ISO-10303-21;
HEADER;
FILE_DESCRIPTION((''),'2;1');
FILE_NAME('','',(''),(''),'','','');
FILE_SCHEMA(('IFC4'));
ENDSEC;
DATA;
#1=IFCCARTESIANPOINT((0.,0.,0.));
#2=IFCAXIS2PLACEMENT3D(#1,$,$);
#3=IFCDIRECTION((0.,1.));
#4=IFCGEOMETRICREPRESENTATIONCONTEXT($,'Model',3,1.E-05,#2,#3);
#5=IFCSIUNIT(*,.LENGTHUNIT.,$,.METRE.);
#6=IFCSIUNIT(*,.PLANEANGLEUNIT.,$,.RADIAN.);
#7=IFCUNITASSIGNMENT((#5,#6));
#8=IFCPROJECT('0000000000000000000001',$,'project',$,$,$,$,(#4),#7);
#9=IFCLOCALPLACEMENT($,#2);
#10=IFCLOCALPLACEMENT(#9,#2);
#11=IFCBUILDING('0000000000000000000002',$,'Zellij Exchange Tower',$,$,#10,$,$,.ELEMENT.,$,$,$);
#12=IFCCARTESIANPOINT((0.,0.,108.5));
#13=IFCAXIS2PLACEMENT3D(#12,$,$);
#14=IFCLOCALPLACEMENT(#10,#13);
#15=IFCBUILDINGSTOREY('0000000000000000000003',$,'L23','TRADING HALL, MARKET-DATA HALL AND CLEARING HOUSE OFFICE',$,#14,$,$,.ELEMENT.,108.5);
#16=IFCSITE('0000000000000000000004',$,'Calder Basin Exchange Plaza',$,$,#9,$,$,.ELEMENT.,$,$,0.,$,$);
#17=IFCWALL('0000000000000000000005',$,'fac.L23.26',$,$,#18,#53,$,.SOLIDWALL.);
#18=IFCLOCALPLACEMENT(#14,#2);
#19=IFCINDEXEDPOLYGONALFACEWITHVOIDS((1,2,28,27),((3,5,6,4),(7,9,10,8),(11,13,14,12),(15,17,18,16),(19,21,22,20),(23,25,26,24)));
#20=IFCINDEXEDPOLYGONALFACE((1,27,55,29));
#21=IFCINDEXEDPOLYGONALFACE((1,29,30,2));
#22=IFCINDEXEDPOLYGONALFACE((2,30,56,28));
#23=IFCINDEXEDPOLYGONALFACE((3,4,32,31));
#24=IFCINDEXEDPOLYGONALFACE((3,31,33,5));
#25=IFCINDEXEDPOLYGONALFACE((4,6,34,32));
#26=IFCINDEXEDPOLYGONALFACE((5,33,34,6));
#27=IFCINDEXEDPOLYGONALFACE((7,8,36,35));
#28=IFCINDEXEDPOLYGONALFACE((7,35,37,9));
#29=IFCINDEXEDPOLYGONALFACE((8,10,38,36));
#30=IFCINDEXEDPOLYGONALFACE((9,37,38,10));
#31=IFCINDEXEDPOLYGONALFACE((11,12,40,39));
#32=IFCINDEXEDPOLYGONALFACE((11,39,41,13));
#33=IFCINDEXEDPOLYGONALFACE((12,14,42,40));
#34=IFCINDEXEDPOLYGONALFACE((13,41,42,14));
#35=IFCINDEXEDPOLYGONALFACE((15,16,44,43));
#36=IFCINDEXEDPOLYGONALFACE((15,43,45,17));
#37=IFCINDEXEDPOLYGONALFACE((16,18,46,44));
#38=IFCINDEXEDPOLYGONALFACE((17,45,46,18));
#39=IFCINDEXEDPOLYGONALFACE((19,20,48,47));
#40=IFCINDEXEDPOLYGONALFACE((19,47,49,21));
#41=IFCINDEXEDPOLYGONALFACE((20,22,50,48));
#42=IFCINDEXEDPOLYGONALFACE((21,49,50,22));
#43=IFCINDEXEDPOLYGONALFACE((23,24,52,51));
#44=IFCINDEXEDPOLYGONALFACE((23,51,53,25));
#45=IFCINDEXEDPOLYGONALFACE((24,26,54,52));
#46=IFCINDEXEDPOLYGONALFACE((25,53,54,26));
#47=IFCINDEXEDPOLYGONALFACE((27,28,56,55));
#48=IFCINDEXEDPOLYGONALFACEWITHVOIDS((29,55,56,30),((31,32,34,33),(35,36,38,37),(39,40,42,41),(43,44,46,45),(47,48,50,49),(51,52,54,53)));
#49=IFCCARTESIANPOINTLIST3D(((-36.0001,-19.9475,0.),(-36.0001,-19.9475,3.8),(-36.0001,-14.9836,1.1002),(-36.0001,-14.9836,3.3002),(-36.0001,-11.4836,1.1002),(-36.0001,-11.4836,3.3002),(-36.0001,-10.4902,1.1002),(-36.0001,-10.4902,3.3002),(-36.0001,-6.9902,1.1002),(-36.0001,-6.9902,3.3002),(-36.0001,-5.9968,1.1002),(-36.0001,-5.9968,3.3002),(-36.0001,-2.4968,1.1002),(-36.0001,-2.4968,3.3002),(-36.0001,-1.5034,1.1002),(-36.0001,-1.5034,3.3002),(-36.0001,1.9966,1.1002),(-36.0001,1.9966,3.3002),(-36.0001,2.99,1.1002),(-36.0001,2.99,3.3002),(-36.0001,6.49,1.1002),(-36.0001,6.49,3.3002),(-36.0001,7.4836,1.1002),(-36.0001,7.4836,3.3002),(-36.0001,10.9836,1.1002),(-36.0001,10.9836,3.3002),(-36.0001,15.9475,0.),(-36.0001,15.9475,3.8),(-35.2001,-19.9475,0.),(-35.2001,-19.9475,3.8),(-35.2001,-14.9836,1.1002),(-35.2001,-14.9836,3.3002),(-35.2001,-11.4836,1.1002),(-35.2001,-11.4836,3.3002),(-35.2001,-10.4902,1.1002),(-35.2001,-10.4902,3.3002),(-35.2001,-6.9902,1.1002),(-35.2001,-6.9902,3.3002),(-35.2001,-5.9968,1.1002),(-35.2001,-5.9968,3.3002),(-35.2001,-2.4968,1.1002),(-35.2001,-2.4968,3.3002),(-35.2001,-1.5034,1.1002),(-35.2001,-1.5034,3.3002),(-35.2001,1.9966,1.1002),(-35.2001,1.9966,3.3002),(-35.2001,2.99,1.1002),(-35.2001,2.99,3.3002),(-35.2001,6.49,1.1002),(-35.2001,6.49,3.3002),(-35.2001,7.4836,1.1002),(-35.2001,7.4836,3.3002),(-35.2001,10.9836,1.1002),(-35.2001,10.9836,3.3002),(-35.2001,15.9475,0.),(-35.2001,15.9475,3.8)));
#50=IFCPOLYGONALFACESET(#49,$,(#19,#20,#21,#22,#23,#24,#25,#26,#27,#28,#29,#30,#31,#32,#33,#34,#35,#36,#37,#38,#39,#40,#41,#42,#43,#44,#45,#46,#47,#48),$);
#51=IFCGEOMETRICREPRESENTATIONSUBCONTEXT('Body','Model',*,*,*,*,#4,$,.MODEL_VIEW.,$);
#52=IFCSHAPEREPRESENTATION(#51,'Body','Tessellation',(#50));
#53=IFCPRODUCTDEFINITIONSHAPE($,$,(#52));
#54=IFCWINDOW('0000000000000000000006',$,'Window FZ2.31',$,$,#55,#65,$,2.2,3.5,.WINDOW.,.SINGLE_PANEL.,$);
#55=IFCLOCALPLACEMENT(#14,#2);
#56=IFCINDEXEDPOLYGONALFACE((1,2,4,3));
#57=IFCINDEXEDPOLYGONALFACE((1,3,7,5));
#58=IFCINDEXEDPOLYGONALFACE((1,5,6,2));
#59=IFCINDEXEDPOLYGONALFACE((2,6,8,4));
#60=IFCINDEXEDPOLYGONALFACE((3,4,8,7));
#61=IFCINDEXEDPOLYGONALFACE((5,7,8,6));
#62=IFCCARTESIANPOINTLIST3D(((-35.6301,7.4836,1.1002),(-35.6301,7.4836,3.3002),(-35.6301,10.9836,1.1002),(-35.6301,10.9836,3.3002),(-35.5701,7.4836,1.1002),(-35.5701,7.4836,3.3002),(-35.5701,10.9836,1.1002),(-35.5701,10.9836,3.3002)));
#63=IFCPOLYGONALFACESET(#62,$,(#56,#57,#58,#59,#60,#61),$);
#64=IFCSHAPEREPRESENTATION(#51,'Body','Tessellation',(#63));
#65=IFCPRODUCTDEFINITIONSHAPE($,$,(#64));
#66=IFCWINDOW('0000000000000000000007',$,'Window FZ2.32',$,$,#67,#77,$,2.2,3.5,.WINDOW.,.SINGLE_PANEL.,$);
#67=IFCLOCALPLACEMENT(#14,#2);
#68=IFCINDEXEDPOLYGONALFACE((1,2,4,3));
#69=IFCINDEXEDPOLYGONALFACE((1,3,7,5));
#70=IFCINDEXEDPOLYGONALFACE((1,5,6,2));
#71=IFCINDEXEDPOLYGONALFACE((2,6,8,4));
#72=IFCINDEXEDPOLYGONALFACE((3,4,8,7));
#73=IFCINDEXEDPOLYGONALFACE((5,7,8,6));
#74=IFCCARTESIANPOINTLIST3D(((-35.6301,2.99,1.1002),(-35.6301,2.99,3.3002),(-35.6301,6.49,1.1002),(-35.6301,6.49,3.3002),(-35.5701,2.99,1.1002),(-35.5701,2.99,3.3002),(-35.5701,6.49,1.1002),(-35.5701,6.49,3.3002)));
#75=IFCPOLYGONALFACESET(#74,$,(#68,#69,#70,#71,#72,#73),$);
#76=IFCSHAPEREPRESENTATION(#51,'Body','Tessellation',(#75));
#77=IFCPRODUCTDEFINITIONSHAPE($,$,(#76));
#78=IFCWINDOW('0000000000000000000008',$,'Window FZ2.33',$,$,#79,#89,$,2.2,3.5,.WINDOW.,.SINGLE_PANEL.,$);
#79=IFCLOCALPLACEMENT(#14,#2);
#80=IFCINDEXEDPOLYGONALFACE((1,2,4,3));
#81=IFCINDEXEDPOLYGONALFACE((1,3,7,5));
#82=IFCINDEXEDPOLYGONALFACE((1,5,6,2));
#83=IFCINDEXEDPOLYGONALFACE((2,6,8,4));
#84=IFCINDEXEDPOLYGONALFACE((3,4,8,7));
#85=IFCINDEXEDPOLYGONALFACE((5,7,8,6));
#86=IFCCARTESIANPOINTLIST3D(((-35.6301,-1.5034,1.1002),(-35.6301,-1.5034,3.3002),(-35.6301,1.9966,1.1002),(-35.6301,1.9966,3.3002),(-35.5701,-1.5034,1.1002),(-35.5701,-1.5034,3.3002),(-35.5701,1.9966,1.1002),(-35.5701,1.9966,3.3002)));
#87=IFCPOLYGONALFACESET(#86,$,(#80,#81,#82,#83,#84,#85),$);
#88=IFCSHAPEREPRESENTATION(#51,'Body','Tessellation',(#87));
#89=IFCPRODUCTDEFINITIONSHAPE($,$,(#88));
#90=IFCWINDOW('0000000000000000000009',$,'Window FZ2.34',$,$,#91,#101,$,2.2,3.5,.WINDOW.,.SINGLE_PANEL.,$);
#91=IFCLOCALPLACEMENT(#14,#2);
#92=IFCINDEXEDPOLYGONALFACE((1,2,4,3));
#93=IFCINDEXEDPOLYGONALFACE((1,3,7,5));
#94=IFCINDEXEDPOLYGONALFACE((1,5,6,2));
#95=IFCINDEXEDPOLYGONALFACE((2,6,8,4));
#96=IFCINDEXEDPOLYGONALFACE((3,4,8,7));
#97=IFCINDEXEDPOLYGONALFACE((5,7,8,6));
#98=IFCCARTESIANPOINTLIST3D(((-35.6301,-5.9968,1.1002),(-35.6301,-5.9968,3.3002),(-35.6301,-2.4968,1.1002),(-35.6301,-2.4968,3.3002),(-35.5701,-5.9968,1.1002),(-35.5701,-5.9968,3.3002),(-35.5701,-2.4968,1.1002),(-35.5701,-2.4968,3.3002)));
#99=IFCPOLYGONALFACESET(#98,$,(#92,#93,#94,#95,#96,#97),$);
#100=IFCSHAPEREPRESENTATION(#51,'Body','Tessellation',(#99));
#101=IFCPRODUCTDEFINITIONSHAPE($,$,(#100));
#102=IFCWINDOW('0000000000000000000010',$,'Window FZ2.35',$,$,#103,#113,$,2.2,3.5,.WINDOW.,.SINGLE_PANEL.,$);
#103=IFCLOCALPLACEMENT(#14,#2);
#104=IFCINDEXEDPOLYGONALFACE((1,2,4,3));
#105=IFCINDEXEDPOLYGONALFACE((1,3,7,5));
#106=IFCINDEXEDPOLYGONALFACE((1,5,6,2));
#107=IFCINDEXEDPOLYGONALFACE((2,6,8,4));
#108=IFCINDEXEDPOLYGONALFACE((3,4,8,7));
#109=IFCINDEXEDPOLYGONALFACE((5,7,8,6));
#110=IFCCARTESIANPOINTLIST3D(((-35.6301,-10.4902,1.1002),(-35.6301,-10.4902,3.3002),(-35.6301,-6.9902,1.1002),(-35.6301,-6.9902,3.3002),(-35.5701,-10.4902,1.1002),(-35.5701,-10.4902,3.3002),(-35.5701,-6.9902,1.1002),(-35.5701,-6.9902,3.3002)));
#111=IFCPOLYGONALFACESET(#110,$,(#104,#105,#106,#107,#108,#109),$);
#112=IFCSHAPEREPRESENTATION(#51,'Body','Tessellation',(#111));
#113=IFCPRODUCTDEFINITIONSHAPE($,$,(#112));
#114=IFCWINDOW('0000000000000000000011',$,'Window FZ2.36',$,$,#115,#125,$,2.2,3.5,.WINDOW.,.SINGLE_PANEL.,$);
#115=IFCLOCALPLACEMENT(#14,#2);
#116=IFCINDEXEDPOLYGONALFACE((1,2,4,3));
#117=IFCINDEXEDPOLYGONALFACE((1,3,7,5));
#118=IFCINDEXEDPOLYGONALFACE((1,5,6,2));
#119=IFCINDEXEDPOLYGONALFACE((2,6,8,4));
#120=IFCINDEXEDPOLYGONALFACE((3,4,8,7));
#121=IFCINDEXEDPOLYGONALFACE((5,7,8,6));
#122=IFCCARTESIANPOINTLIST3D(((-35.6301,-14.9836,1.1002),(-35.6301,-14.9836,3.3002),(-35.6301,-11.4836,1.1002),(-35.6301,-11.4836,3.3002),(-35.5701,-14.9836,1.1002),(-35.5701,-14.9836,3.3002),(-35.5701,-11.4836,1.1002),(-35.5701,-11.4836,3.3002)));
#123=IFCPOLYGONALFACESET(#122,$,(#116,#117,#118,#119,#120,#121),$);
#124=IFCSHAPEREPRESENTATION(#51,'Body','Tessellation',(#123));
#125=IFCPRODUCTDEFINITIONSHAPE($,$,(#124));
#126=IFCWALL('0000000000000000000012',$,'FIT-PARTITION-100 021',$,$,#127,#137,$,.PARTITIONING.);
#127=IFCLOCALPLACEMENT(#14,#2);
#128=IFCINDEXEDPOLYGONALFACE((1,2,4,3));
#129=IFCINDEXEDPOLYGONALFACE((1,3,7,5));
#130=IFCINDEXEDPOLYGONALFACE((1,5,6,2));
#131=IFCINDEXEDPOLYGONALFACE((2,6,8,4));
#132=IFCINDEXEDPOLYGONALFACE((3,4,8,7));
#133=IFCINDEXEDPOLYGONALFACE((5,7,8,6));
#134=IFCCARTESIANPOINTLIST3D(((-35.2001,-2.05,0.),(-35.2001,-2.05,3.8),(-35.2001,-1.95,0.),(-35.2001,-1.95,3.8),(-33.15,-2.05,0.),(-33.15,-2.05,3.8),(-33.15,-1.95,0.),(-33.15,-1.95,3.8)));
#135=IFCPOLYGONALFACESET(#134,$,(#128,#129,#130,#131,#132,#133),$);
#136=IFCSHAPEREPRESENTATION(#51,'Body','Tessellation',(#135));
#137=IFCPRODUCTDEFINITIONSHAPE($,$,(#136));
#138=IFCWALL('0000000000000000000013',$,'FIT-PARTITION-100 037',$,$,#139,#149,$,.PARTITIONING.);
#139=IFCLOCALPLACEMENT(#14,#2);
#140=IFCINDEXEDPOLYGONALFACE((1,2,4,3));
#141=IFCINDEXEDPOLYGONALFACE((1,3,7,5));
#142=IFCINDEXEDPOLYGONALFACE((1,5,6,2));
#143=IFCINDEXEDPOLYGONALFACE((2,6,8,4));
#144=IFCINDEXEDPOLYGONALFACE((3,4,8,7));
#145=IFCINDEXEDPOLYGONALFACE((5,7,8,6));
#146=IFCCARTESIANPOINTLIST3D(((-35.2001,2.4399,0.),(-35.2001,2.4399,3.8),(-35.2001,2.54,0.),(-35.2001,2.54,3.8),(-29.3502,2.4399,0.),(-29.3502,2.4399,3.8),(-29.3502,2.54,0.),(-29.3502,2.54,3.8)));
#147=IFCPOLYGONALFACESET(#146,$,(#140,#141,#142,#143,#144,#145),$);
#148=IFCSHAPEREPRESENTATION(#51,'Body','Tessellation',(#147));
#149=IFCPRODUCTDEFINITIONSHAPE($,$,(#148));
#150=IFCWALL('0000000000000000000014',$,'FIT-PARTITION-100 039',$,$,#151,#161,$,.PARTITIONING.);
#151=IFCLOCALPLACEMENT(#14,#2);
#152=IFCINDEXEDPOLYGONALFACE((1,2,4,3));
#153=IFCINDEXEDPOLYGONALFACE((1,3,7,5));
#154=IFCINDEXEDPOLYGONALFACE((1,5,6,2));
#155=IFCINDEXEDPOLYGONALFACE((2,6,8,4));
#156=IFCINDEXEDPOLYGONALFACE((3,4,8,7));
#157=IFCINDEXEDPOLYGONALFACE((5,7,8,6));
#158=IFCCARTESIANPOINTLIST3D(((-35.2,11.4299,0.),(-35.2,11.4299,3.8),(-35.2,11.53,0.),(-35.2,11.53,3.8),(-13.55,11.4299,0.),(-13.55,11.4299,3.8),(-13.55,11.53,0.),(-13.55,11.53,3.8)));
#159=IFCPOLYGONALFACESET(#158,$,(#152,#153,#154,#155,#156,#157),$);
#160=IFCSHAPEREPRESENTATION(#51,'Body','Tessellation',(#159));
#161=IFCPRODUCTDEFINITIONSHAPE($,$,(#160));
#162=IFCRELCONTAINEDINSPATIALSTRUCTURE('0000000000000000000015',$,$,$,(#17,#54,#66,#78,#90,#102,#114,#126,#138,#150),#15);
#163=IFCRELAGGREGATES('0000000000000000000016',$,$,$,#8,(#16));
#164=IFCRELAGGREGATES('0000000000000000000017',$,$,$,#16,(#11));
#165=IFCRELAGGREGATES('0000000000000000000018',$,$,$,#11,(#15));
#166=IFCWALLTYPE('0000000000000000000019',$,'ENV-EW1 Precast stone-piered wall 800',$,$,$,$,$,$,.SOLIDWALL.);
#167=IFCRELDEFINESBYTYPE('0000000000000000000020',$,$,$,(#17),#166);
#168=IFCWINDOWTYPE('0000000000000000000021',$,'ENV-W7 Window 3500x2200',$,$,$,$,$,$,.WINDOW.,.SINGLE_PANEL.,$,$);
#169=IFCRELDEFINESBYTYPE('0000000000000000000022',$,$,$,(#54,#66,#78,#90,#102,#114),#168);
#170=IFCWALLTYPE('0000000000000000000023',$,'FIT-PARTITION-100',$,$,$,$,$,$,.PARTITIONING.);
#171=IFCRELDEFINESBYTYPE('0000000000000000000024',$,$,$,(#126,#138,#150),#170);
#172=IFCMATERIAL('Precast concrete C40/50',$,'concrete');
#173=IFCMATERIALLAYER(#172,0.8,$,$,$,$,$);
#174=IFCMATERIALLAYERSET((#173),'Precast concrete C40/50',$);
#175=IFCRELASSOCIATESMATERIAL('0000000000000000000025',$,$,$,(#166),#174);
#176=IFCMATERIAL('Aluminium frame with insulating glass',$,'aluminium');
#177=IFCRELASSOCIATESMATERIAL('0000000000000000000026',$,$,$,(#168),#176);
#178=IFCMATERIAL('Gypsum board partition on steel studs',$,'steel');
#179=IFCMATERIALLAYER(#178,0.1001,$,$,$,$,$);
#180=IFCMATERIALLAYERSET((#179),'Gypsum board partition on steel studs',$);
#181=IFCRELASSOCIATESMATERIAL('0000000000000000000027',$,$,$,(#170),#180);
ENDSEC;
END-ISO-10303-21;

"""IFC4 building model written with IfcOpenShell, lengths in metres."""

from ifc_helpers import new_model, si_unit, direction, frame, frame_2d, origin, place, context, subcontext, project, spatial, rectangle, extrude, material, layer, layer_set, type_object, element, fill, save


model = new_model("IFC4")

# Units and contexts
model_context = context("Model", 3, precision=1e-05, world=origin(), true_north=direction((0.0, 1.0)))
body_context = subcontext(model_context, "Body", "Model", "MODEL_VIEW")
ifc_project = project(units=[si_unit("LENGTHUNIT", "METRE"), si_unit("PLANEANGLEUNIT", "RADIAN")], contexts=[model_context])

# Site, building, storey
site_placement = place(None, origin())
site = spatial("IfcSite", under=ifc_project, at=site_placement, Name="Calder Basin Exchange Plaza", CompositionType="ELEMENT", RefElevation=0.0)
building_placement = place(site_placement, origin())
building = spatial("IfcBuilding", under=site, at=building_placement, Name="Zellij Exchange Tower", CompositionType="ELEMENT")
storey_placement = place(building_placement, frame((0.0, 0.0, 108.5)))
storey = spatial("IfcBuildingStorey", under=building, at=storey_placement, Name="L23", Description="TRADING HALL, MARKET-DATA HALL AND CLEARING HOUSE OFFICE", CompositionType="ELEMENT", Elevation=108.5)

# Shared definitions
ifc_material_1 = material(Name="Precast concrete C40/50", Category="concrete")
ifc_layer_1 = layer(ifc_material_1, 0.8)
ifc_layer_set_1 = layer_set([ifc_layer_1], Name="Precast concrete C40/50")
wall_type_1 = type_object("IfcWallType", Name="ENV-EW1 Precast stone-piered wall 800", PredefinedType="SOLIDWALL", material=ifc_layer_set_1)

# Wall, openings, windows
wall_1_placement = place(storey_placement, frame((-35.6001, 15.9475, 0.0), z_axis=(0.0, 0.0, 1.0), x_axis=(0.0, -1.0, 0.0)))
wall_1 = element("IfcWall", 1, at=wall_1_placement, inside=storey, type_object=wall_type_1, Name="fac.L23.26", PredefinedType="SOLIDWALL", context=body_context, shape_type="SweptSolid", body=[
    extrude(rectangle(XDim=35.895, YDim=0.8, at=frame_2d((17.9475, 0.0))), origin(), (0.0, 0.0, 1.0), 3.8),
])
opening_1_placement = place(wall_1_placement, frame((4.9639, 0.0, 1.1001)))
opening_1 = element("IfcOpeningElement", 2, at=opening_1_placement, cuts=wall_1, PredefinedType="OPENING", context=body_context, shape_type="SweptSolid", body=[
    extrude(rectangle(XDim=3.5, YDim=2.2, at=frame_2d((1.75, 1.1001))), frame((0.0, 0.4121, 0.0), z_axis=(0.0, -1.0, 0.0), x_axis=(1.0, 0.0, 0.0)), (0.0, 0.0, 1.0), 0.824),
])
opening_2_placement = place(wall_1_placement, frame((9.4575, 0.0, 1.1001)))
opening_2 = element("IfcOpeningElement", 3, at=opening_2_placement, cuts=wall_1, PredefinedType="OPENING", context=body_context, shape_type="SweptSolid", body=[
    extrude(rectangle(XDim=3.5, YDim=2.2, at=frame_2d((1.75, 1.1001))), frame((0.0, 0.4121, 0.0), z_axis=(0.0, -1.0, 0.0), x_axis=(1.0, 0.0, 0.0)), (0.0, 0.0, 1.0), 0.824),
])
opening_3_placement = place(wall_1_placement, frame((13.9509, 0.0, 1.1001)))
opening_3 = element("IfcOpeningElement", 4, at=opening_3_placement, cuts=wall_1, PredefinedType="OPENING", context=body_context, shape_type="SweptSolid", body=[
    extrude(rectangle(XDim=3.5, YDim=2.2, at=frame_2d((1.75, 1.1001))), frame((0.0, 0.4121, 0.0), z_axis=(0.0, -1.0, 0.0), x_axis=(1.0, 0.0, 0.0)), (0.0, 0.0, 1.0), 0.824),
])
opening_4_placement = place(wall_1_placement, frame((18.4443, 0.0, 1.1001)))
opening_4 = element("IfcOpeningElement", 5, at=opening_4_placement, cuts=wall_1, PredefinedType="OPENING", context=body_context, shape_type="SweptSolid", body=[
    extrude(rectangle(XDim=3.5, YDim=2.2, at=frame_2d((1.75, 1.1001))), frame((0.0, 0.4121, 0.0), z_axis=(0.0, -1.0, 0.0), x_axis=(1.0, 0.0, 0.0)), (0.0, 0.0, 1.0), 0.824),
])
opening_5_placement = place(wall_1_placement, frame((22.9377, 0.0, 1.1001)))
opening_5 = element("IfcOpeningElement", 6, at=opening_5_placement, cuts=wall_1, PredefinedType="OPENING", context=body_context, shape_type="SweptSolid", body=[
    extrude(rectangle(XDim=3.5, YDim=2.2, at=frame_2d((1.75, 1.1001))), frame((0.0, 0.4121, 0.0), z_axis=(0.0, -1.0, 0.0), x_axis=(1.0, 0.0, 0.0)), (0.0, 0.0, 1.0), 0.824),
])
opening_6_placement = place(wall_1_placement, frame((27.4312, 0.0, 1.1001)))
opening_6 = element("IfcOpeningElement", 7, at=opening_6_placement, cuts=wall_1, PredefinedType="OPENING", context=body_context, shape_type="SweptSolid", body=[
    extrude(rectangle(XDim=3.5, YDim=2.2, at=frame_2d((1.75, 1.1001))), frame((0.0, 0.4121, 0.0), z_axis=(0.0, -1.0, 0.0), x_axis=(1.0, 0.0, 0.0)), (0.0, 0.0, 1.0), 0.824),
])
ifc_material_2 = material(Name="Aluminium frame with insulating glass", Category="aluminium")
window_type = type_object("IfcWindowType", Name="ENV-W7 Window 3500x2200", PartitioningType="SINGLE_PANEL", PredefinedType="WINDOW", material=ifc_material_2)
window_1_placement = place(opening_1_placement, origin())
window_1 = element("IfcWindow", 8, at=window_1_placement, inside=storey, type_object=window_type, Name="Window FZ2.31", OverallHeight=2.2, OverallWidth=3.5, PartitioningType="SINGLE_PANEL", PredefinedType="WINDOW", context=body_context, shape_type="SweptSolid", body=[
    extrude(rectangle(XDim=3.5, YDim=2.2, at=frame_2d((1.75, 1.1001))), frame((0.0, 0.03, 0.0), z_axis=(0.0, -1.0, 0.0), x_axis=(1.0, 0.0, 0.0)), (0.0, 0.0, 1.0), 0.0601),
])
fill(opening_1, window_1)
window_2_placement = place(opening_2_placement, origin())
window_2 = element("IfcWindow", 9, at=window_2_placement, inside=storey, type_object=window_type, Name="Window FZ2.32", OverallHeight=2.2, OverallWidth=3.5, PartitioningType="SINGLE_PANEL", PredefinedType="WINDOW", context=body_context, shape_type="SweptSolid", body=[
    extrude(rectangle(XDim=3.5, YDim=2.2, at=frame_2d((1.75, 1.1001))), frame((0.0, 0.03, 0.0), z_axis=(0.0, -1.0, 0.0), x_axis=(1.0, 0.0, 0.0)), (0.0, 0.0, 1.0), 0.0601),
])
fill(opening_2, window_2)
window_3_placement = place(opening_3_placement, origin())
window_3 = element("IfcWindow", 10, at=window_3_placement, inside=storey, type_object=window_type, Name="Window FZ2.33", OverallHeight=2.2, OverallWidth=3.5, PartitioningType="SINGLE_PANEL", PredefinedType="WINDOW", context=body_context, shape_type="SweptSolid", body=[
    extrude(rectangle(XDim=3.5, YDim=2.2, at=frame_2d((1.75, 1.1001))), frame((0.0, 0.03, 0.0), z_axis=(0.0, -1.0, 0.0), x_axis=(1.0, 0.0, 0.0)), (0.0, 0.0, 1.0), 0.0601),
])
fill(opening_3, window_3)
window_4_placement = place(opening_4_placement, origin())
window_4 = element("IfcWindow", 11, at=window_4_placement, inside=storey, type_object=window_type, Name="Window FZ2.34", OverallHeight=2.2, OverallWidth=3.5, PartitioningType="SINGLE_PANEL", PredefinedType="WINDOW", context=body_context, shape_type="SweptSolid", body=[
    extrude(rectangle(XDim=3.5, YDim=2.2, at=frame_2d((1.75, 1.1001))), frame((0.0, 0.03, 0.0), z_axis=(0.0, -1.0, 0.0), x_axis=(1.0, 0.0, 0.0)), (0.0, 0.0, 1.0), 0.0601),
])
fill(opening_4, window_4)
window_5_placement = place(opening_5_placement, origin())
window_5 = element("IfcWindow", 12, at=window_5_placement, inside=storey, type_object=window_type, Name="Window FZ2.35", OverallHeight=2.2, OverallWidth=3.5, PartitioningType="SINGLE_PANEL", PredefinedType="WINDOW", context=body_context, shape_type="SweptSolid", body=[
    extrude(rectangle(XDim=3.5, YDim=2.2, at=frame_2d((1.75, 1.1001))), frame((0.0, 0.03, 0.0), z_axis=(0.0, -1.0, 0.0), x_axis=(1.0, 0.0, 0.0)), (0.0, 0.0, 1.0), 0.0601),
])
fill(opening_5, window_5)
window_6_placement = place(opening_6_placement, origin())
window_6 = element("IfcWindow", 13, at=window_6_placement, inside=storey, type_object=window_type, Name="Window FZ2.36", OverallHeight=2.2, OverallWidth=3.5, PartitioningType="SINGLE_PANEL", PredefinedType="WINDOW", context=body_context, shape_type="SweptSolid", body=[
    extrude(rectangle(XDim=3.5, YDim=2.2, at=frame_2d((1.75, 1.1001))), frame((0.0, 0.03, 0.0), z_axis=(0.0, -1.0, 0.0), x_axis=(1.0, 0.0, 0.0)), (0.0, 0.0, 1.0), 0.0601),
])
fill(opening_6, window_6)

# Walls
ifc_material_3 = material(Name="Gypsum board partition on steel studs", Category="steel")
ifc_layer_2 = layer(ifc_material_3, 0.1001)
ifc_layer_set_2 = layer_set([ifc_layer_2], Name="Gypsum board partition on steel studs")
wall_type_2 = type_object("IfcWallType", Name="FIT-PARTITION-100", PredefinedType="PARTITIONING", material=ifc_layer_set_2)
wall_2_placement = place(storey_placement, frame((-35.2, -2.0, 0.0), z_axis=(0.0, 0.0, 1.0), x_axis=(1.0, 0.0, 0.0)))
element("IfcWall", 14, at=wall_2_placement, inside=storey, type_object=wall_type_2, Name="FIT-PARTITION-100 021", PredefinedType="PARTITIONING", context=body_context, shape_type="SweptSolid", body=[
    extrude(rectangle(XDim=2.05, YDim=0.1001, at=frame_2d((1.0249, 0.0))), origin(), (0.0, 0.0, 1.0), 3.8),
])
wall_3_placement = place(storey_placement, frame((-35.2, 2.49, 0.0), z_axis=(0.0, 0.0, 1.0), x_axis=(1.0, 0.0, 0.0)))
element("IfcWall", 15, at=wall_3_placement, inside=storey, type_object=wall_type_2, Name="FIT-PARTITION-100 037", PredefinedType="PARTITIONING", context=body_context, shape_type="SweptSolid", body=[
    extrude(rectangle(XDim=5.8499, YDim=0.1001, at=frame_2d((2.9248, 0.0))), origin(), (0.0, 0.0, 1.0), 3.8),
])
wall_4_placement = place(storey_placement, frame((-35.2, 11.48, 0.0), z_axis=(0.0, 0.0, 1.0), x_axis=(1.0, 0.0, 0.0)))
element("IfcWall", 16, at=wall_4_placement, inside=storey, type_object=wall_type_2, Name="FIT-PARTITION-100 039", PredefinedType="PARTITIONING", context=body_context, shape_type="SweptSolid", body=[
    extrude(rectangle(XDim=21.6499, YDim=0.1001, at=frame_2d((10.825, 0.0))), origin(), (0.0, 0.0, 1.0), 3.8),
])

save(model, "model.ifc")
